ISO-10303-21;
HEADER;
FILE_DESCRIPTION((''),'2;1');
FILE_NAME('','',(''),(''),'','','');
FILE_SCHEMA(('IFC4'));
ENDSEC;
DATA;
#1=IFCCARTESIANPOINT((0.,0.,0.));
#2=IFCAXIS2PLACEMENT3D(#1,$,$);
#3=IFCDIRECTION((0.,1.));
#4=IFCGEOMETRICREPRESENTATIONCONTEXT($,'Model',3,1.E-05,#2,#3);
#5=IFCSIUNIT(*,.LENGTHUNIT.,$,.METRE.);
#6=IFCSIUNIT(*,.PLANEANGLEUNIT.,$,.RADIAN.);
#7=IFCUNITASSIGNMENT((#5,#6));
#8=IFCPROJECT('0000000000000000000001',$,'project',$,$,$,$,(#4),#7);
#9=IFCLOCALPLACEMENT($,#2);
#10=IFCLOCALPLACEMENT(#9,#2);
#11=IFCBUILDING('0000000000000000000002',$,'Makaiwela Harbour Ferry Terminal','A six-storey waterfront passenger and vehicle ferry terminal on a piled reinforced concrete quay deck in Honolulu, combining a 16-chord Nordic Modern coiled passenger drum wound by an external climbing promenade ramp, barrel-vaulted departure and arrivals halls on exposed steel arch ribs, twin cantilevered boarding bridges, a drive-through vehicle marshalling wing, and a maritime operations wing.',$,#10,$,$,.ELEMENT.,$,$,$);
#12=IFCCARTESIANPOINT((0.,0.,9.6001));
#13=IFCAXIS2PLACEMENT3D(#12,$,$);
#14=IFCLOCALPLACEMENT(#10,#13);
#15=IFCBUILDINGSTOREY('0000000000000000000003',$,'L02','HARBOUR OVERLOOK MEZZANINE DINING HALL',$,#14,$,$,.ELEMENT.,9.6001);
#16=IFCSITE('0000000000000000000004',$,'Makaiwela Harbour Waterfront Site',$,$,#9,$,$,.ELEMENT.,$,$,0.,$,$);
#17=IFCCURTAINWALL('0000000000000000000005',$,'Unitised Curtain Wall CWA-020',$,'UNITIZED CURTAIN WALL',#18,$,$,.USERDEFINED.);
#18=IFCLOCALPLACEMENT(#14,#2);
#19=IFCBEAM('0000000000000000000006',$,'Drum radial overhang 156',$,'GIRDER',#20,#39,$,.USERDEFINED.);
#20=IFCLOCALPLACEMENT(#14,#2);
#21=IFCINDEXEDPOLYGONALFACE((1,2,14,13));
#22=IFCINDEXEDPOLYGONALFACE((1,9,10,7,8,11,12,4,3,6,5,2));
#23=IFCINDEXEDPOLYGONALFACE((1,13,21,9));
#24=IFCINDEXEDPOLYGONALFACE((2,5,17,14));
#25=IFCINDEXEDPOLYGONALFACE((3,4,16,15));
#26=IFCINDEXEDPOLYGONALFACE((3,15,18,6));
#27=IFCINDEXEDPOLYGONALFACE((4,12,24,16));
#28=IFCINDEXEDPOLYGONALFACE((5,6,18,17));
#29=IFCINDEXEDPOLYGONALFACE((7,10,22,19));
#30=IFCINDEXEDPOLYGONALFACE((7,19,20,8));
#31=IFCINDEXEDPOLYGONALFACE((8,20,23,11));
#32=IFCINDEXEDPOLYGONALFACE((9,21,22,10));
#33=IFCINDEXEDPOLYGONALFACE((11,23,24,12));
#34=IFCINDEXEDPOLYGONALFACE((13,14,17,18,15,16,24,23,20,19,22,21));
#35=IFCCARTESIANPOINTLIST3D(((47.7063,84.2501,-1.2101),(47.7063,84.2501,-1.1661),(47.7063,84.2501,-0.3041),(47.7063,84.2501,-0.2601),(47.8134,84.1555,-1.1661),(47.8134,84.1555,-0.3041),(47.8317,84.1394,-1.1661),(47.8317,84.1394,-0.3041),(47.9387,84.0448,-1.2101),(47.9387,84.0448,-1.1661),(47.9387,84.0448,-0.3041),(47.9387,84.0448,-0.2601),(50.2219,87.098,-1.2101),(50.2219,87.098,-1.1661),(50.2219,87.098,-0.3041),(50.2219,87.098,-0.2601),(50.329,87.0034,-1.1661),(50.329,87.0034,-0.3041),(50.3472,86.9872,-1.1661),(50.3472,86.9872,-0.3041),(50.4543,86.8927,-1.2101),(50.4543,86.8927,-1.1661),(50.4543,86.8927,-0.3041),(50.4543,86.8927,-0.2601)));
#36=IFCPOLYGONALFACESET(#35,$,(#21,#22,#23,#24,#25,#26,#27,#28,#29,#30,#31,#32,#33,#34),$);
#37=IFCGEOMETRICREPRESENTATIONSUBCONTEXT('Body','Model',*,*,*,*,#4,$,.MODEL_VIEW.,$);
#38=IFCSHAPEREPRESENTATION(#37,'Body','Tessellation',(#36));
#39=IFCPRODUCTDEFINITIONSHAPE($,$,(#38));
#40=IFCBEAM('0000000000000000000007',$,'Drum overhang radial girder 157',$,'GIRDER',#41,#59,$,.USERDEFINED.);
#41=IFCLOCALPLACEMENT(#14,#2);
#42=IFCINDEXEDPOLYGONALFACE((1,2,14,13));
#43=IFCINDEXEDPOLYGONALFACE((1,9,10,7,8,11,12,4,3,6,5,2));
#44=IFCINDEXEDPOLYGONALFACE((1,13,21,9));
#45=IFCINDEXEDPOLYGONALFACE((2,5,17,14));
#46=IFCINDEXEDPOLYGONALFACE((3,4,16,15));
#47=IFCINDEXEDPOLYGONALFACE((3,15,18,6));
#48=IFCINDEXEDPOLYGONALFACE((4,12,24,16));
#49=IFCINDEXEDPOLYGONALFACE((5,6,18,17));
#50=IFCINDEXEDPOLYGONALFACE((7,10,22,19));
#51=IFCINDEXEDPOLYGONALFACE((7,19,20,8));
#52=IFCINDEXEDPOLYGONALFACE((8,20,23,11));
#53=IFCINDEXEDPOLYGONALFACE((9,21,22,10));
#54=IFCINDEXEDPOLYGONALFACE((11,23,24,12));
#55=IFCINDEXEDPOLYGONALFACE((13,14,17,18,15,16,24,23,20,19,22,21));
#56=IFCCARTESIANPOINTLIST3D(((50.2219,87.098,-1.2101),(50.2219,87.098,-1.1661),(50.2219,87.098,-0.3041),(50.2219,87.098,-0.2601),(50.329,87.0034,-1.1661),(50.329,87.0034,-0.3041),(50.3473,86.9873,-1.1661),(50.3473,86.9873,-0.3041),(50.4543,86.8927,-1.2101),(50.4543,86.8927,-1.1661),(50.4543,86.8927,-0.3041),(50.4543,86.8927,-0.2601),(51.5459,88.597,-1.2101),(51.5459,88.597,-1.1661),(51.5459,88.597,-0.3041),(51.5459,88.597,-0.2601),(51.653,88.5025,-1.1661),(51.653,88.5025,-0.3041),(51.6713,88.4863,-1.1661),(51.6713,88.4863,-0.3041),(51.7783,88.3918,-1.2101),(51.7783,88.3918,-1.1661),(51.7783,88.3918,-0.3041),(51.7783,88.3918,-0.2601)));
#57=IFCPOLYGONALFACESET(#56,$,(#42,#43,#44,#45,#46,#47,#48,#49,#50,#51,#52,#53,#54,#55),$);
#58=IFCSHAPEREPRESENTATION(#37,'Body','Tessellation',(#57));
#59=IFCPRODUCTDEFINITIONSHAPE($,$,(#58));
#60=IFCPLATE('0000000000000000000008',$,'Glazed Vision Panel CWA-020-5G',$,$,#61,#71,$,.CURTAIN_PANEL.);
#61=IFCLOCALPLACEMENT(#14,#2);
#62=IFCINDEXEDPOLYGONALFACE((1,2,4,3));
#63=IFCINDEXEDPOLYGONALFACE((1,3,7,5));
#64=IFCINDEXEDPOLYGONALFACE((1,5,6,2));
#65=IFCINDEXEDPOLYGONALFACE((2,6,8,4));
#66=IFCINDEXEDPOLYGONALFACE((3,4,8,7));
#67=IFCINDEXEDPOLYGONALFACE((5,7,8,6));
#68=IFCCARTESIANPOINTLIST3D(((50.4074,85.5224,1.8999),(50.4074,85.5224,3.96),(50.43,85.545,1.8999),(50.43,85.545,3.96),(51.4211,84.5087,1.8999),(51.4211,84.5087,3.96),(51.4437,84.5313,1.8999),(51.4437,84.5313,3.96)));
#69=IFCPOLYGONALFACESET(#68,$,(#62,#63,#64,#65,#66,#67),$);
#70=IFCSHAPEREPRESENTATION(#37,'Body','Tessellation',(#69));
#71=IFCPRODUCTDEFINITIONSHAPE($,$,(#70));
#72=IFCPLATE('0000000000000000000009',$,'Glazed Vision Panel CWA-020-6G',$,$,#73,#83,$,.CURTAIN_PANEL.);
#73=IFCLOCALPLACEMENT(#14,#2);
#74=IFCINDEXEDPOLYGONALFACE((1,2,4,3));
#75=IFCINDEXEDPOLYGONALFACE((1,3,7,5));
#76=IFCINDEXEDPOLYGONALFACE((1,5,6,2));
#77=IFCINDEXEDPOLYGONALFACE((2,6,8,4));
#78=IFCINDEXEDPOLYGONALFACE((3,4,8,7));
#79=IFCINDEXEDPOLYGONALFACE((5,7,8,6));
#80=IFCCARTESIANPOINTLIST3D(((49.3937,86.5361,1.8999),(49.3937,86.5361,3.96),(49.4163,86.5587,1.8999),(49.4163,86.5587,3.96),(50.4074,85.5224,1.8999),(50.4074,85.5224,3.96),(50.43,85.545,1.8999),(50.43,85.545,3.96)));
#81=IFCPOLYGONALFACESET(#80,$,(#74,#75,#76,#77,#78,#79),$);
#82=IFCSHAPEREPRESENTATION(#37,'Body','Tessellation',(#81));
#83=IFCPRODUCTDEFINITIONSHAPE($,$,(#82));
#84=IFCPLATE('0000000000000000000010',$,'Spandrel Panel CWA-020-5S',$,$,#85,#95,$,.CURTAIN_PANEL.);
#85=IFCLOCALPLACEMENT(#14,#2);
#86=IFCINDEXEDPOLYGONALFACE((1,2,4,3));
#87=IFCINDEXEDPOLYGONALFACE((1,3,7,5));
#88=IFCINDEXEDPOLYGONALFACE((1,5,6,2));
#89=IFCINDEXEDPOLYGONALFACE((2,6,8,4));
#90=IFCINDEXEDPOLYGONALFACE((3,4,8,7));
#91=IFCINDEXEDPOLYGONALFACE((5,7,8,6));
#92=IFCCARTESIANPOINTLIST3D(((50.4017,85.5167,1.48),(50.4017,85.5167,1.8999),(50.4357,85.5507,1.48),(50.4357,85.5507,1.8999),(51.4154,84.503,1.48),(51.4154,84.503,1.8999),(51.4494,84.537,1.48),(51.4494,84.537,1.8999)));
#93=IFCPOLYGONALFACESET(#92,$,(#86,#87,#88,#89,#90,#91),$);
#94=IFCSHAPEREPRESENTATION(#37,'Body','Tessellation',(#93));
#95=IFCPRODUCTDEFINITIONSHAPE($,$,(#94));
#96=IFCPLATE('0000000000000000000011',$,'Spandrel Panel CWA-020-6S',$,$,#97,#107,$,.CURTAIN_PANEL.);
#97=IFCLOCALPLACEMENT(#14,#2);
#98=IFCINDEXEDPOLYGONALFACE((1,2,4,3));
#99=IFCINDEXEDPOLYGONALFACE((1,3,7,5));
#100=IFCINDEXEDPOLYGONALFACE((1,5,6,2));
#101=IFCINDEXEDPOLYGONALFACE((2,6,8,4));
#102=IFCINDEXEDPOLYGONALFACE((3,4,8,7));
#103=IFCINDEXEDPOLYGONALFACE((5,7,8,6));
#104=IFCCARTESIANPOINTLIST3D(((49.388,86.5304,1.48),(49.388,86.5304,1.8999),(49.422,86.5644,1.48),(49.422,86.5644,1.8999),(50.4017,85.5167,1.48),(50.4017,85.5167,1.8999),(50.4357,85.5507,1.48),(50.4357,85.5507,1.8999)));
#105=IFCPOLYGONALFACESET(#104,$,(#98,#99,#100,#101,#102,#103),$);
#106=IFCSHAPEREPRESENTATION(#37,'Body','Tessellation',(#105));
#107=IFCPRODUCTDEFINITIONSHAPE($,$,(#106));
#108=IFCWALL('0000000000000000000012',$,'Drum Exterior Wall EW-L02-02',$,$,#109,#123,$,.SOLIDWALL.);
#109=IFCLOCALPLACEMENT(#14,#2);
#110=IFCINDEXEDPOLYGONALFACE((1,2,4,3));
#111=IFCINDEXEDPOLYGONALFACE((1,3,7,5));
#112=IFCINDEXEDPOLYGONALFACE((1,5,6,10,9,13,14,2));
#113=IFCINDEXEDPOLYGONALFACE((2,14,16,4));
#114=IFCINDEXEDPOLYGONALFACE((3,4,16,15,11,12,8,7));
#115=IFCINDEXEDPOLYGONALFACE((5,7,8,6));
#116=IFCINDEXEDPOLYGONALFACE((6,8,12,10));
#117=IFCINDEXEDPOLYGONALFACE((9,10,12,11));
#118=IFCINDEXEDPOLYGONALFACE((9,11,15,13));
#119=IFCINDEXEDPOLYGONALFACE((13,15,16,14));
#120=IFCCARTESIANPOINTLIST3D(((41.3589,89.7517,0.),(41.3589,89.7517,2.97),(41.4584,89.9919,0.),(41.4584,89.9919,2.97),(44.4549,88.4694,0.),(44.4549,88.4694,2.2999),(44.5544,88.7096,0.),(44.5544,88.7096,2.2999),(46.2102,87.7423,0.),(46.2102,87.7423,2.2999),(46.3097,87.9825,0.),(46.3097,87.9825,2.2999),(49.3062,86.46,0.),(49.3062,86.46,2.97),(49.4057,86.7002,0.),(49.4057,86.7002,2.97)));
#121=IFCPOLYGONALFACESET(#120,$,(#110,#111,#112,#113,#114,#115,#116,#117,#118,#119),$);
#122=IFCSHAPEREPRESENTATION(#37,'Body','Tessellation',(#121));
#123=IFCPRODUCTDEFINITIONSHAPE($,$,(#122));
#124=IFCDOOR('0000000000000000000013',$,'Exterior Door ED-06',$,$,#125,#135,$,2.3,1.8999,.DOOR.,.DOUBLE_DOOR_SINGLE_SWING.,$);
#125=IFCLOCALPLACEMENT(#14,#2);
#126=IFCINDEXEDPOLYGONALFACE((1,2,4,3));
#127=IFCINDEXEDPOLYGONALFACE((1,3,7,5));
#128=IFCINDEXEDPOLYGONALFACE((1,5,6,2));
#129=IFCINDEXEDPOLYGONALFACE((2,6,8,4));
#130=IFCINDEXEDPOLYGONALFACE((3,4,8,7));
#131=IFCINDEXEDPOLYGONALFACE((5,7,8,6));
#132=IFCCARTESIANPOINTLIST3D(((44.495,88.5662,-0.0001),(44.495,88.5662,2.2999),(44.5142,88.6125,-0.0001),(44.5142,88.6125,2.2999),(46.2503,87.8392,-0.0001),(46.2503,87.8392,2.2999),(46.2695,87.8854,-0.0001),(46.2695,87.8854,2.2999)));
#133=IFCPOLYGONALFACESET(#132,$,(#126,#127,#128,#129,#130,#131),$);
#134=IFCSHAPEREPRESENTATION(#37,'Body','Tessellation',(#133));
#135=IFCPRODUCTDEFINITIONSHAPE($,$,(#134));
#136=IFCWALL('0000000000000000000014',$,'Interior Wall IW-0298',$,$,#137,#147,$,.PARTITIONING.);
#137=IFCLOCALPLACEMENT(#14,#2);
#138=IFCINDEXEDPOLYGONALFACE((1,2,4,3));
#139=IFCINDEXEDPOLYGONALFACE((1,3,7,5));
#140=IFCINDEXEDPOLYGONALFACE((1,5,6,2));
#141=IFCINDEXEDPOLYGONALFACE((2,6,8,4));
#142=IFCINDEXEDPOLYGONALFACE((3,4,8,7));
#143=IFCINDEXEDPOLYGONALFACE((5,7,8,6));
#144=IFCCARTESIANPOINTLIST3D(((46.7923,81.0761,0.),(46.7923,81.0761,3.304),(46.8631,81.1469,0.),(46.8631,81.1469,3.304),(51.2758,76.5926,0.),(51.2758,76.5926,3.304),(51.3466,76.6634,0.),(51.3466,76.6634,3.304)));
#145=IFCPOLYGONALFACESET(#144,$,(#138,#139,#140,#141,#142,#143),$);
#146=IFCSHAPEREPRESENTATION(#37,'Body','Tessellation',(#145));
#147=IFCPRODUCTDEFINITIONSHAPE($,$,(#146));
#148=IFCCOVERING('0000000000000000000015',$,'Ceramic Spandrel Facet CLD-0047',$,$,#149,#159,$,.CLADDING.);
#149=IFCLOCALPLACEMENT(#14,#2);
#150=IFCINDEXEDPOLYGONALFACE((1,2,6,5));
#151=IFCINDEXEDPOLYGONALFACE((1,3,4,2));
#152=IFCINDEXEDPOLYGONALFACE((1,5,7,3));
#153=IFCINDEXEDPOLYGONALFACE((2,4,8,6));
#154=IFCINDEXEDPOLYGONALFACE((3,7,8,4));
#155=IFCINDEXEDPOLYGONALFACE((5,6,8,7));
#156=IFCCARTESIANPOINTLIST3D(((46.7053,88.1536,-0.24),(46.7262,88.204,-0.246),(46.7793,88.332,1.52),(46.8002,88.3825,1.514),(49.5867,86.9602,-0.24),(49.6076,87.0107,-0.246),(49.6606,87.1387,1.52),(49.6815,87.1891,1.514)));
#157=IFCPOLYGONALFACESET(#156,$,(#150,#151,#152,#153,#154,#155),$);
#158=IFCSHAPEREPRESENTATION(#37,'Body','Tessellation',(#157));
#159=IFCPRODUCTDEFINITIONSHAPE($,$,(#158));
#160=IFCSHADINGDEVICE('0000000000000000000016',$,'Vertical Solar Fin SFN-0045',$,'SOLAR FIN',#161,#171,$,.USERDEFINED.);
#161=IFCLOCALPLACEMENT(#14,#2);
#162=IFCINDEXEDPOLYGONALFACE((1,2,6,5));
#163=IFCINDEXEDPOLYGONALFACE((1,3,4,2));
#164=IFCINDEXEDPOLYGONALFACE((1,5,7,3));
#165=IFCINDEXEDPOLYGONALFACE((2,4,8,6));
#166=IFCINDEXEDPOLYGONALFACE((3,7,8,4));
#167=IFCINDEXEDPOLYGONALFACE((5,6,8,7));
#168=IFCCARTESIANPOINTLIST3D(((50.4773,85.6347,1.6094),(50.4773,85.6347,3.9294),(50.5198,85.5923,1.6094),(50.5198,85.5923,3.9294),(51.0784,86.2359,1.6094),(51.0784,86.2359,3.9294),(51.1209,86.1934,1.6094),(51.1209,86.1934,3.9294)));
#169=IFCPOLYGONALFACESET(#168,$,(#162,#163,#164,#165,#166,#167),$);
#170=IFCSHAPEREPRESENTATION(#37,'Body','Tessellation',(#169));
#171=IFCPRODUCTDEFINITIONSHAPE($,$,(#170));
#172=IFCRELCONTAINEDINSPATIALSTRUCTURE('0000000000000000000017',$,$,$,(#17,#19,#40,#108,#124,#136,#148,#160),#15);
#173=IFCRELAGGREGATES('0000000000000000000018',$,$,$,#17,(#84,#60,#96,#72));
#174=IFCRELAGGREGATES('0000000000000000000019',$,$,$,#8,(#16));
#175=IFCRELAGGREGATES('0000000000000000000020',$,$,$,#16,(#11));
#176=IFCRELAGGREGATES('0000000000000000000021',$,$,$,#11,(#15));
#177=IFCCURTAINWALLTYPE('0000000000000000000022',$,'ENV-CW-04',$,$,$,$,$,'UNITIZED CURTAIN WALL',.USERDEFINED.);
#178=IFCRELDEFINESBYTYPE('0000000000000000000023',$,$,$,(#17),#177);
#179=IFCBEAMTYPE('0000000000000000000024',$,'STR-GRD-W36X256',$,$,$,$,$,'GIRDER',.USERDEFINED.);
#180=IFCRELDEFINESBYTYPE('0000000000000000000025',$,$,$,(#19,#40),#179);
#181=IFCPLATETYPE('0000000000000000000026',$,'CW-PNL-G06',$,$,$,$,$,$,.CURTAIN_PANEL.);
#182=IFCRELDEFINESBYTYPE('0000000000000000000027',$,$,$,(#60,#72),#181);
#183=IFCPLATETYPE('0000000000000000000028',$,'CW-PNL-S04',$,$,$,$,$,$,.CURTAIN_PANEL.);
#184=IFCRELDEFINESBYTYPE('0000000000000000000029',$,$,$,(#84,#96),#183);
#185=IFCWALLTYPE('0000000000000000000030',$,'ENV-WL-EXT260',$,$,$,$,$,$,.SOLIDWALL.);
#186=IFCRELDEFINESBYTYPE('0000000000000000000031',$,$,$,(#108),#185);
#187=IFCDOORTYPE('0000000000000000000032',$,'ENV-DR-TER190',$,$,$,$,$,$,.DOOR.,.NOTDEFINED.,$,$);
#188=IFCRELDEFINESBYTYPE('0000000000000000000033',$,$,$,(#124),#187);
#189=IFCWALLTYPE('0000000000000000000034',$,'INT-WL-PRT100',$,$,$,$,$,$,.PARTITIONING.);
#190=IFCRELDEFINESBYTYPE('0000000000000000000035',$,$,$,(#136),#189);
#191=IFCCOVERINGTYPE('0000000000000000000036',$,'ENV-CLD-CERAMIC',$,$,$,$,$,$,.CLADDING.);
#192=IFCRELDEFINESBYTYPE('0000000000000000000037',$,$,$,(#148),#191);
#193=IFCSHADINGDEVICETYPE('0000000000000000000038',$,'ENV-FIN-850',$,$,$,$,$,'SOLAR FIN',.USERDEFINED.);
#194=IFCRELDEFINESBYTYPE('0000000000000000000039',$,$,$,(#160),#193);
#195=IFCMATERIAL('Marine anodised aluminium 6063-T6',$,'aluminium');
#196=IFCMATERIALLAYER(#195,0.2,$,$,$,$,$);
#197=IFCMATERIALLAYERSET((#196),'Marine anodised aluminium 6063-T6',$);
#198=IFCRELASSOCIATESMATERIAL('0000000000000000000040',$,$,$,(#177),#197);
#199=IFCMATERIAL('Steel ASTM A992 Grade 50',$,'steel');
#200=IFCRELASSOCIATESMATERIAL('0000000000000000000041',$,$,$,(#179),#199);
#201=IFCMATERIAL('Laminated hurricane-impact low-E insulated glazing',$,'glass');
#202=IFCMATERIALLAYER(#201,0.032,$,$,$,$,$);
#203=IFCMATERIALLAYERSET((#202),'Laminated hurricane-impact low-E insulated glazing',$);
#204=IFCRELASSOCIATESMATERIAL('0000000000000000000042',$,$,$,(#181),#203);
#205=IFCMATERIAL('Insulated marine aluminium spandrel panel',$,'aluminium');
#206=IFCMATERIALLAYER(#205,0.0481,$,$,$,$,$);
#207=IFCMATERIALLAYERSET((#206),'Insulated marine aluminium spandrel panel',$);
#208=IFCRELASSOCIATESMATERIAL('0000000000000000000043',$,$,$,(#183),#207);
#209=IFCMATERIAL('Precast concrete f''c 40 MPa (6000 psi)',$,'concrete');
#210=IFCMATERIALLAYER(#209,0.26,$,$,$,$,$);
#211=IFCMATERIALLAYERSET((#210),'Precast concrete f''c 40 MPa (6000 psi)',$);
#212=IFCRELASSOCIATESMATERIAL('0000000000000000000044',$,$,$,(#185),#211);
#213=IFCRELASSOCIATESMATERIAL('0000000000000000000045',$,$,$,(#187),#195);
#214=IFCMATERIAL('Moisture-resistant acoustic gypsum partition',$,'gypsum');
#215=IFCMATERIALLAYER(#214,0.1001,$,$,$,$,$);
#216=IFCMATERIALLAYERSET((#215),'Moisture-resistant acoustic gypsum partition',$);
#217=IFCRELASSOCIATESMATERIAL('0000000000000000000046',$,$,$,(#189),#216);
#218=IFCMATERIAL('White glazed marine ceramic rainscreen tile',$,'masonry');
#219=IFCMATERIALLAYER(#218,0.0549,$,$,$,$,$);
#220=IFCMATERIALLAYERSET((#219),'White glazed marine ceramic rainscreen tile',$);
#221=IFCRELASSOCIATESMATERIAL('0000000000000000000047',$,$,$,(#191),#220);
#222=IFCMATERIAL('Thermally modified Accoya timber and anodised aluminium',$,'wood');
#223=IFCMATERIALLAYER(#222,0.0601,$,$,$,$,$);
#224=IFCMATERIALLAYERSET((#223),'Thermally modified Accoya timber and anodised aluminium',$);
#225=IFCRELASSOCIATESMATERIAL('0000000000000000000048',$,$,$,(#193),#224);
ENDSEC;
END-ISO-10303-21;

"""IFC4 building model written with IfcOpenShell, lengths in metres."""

from ifc_helpers import new_model, si_unit, direction, frame, frame_2d, origin, origin_2d, place, context, subcontext, project, spatial, polyline, rectangle, i_section, outline, extrude, material, layer, layer_set, material_profile, profile_set, type_object, element, fill, aggregate, save


model = new_model("IFC4")

# Units and contexts
model_context = context("Model", 3, precision=1e-05, world=origin(), true_north=direction((0.0, 1.0)))
body_context = subcontext(model_context, "Body", "Model", "MODEL_VIEW")
ifc_project = project(units=[si_unit("LENGTHUNIT", "METRE"), si_unit("PLANEANGLEUNIT", "RADIAN")], contexts=[model_context])

# Site, building, storey
site_placement = place(None, origin())
site = spatial("IfcSite", under=ifc_project, at=site_placement, Name="Makaiwela Harbour Waterfront Site", CompositionType="ELEMENT", RefElevation=0.0)
building_placement = place(site_placement, origin())
building = spatial("IfcBuilding", under=site, at=building_placement, Name="Makaiwela Harbour Ferry Terminal", Description="A six-storey waterfront passenger and vehicle ferry terminal on a piled reinforced concrete quay deck in Honolulu, combining a 16-chord Nordic Modern coiled passenger drum wound by an external climbing promenade ramp, barrel-vaulted departure and arrivals halls on exposed steel arch ribs, twin cantilevered boarding bridges, a drive-through vehicle marshalling wing, and a maritime operations wing.", CompositionType="ELEMENT")
storey_placement = place(building_placement, frame((0.0, 0.0, 9.6001)))
storey = spatial("IfcBuildingStorey", under=building, at=storey_placement, Name="L02", Description="HARBOUR OVERLOOK MEZZANINE DINING HALL", CompositionType="ELEMENT", Elevation=9.6001)

# Curtain wall
ifc_material_1 = material(Name="Marine anodised aluminium 6063-T6", Category="aluminium")
ifc_layer_1 = layer(ifc_material_1, 0.2)
ifc_layer_set_1 = layer_set([ifc_layer_1], Name="Marine anodised aluminium 6063-T6")
curtain_wall_type = type_object("IfcCurtainWallType", Name="ENV-CW-04", ElementType="UNITIZED CURTAIN WALL", PredefinedType="USERDEFINED", material=ifc_layer_set_1)
curtain_wall_placement = place(storey_placement, origin())
curtain_wall = element("IfcCurtainWall", 1, at=curtain_wall_placement, inside=storey, type_object=curtain_wall_type, Name="Unitised Curtain Wall CWA-020", ObjectType="UNITIZED CURTAIN WALL", PredefinedType="USERDEFINED")

# Beams
ifc_material_2 = material(Name="Steel ASTM A992 Grade 50", Category="steel")
ifc_material_profile_1 = material_profile(ifc_material_2, i_section(OverallWidth=0.3101, OverallDepth=0.95, WebThickness=0.0244, FlangeThickness=0.0439, at=origin_2d()), Name="W36X256")
ifc_profile_set_1 = profile_set([ifc_material_profile_1], Name="Steel ASTM A992 Grade 50")
beam_type_1 = type_object("IfcBeamType", Name="STR-GRD-W36X256", ElementType="GIRDER", PredefinedType="USERDEFINED", material=ifc_profile_set_1)
beam_1_placement = place(storey_placement, frame((47.8225, 84.1475, -0.7351), z_axis=(0.662032, 0.749476, 0.0), x_axis=(-0.749476, 0.662032, 0.0)))
element("IfcBeam", 2, at=beam_1_placement, inside=storey, type_object=beam_type_1, Name="Drum radial overhang 156", ObjectType="GIRDER", PredefinedType="USERDEFINED", context=body_context, shape_type="SweptSolid", body=[
    extrude(i_section(OverallWidth=0.3101, OverallDepth=0.95, WebThickness=0.0244, FlangeThickness=0.0439, at=origin_2d()), origin(), (0.0, 0.0, 1.0), 3.7998),
])
beam_2_placement = place(storey_placement, frame((50.3381, 86.9954, -0.7351), z_axis=(0.661989, 0.749514, 0.0), x_axis=(-0.749514, 0.661989, 0.0)))
element("IfcBeam", 3, at=beam_2_placement, inside=storey, type_object=beam_type_1, Name="Drum overhang radial girder 157", ObjectType="GIRDER", PredefinedType="USERDEFINED", context=body_context, shape_type="SweptSolid", body=[
    extrude(i_section(OverallWidth=0.3101, OverallDepth=0.95, WebThickness=0.0244, FlangeThickness=0.0439, at=origin_2d()), origin(), (0.0, 0.0, 1.0), 2.0),
])

# Plates
ifc_material_3 = material(Name="Laminated hurricane-impact low-E insulated glazing", Category="glass")
ifc_layer_2 = layer(ifc_material_3, 0.032)
ifc_layer_set_2 = layer_set([ifc_layer_2], Name="Laminated hurricane-impact low-E insulated glazing")
plate_type_1 = type_object("IfcPlateType", Name="CW-PNL-G06", PredefinedType="CURTAIN_PANEL", material=ifc_layer_set_2)
plate_1_placement = place(storey_placement, frame((50.9255, 85.0269, 1.8999), z_axis=(0.0, 0.0, 1.0), x_axis=(-0.707107, 0.707107, 0.0)))
plate_1 = element("IfcPlate", 4, at=plate_1_placement, type_object=plate_type_1, Name="Glazed Vision Panel CWA-020-5G", PredefinedType="CURTAIN_PANEL", context=body_context, shape_type="SweptSolid", body=[
    extrude(rectangle(XDim=1.4336, YDim=0.032, at=origin_2d()), origin(), (0.0, 0.0, 1.0), 2.0601),
])
plate_2_placement = place(storey_placement, frame((49.9119, 86.0405, 1.8999), z_axis=(0.0, 0.0, 1.0), x_axis=(-0.707107, 0.707107, 0.0)))
plate_2 = element("IfcPlate", 5, at=plate_2_placement, type_object=plate_type_1, Name="Glazed Vision Panel CWA-020-6G", PredefinedType="CURTAIN_PANEL", context=body_context, shape_type="SweptSolid", body=[
    extrude(rectangle(XDim=1.4336, YDim=0.032, at=origin_2d()), origin(), (0.0, 0.0, 1.0), 2.0601),
])
ifc_material_4 = material(Name="Insulated marine aluminium spandrel panel", Category="aluminium")
ifc_layer_3 = layer(ifc_material_4, 0.0481)
ifc_layer_set_3 = layer_set([ifc_layer_3], Name="Insulated marine aluminium spandrel panel")
plate_type_2 = type_object("IfcPlateType", Name="CW-PNL-S04", PredefinedType="CURTAIN_PANEL", material=ifc_layer_set_3)
plate_3_placement = place(storey_placement, frame((50.9255, 85.0269, 1.48), z_axis=(0.0, 0.0, 1.0), x_axis=(-0.707107, 0.707107, 0.0)))
plate_3 = element("IfcPlate", 6, at=plate_3_placement, type_object=plate_type_2, Name="Spandrel Panel CWA-020-5S", PredefinedType="CURTAIN_PANEL", context=body_context, shape_type="SweptSolid", body=[
    extrude(rectangle(XDim=1.4336, YDim=0.0481, at=origin_2d()), origin(), (0.0, 0.0, 1.0), 0.4199),
])
plate_4_placement = place(storey_placement, frame((49.9119, 86.0405, 1.48), z_axis=(0.0, 0.0, 1.0), x_axis=(-0.707107, 0.707107, 0.0)))
plate_4 = element("IfcPlate", 7, at=plate_4_placement, type_object=plate_type_2, Name="Spandrel Panel CWA-020-6S", PredefinedType="CURTAIN_PANEL", context=body_context, shape_type="SweptSolid", body=[
    extrude(rectangle(XDim=1.4336, YDim=0.0481, at=origin_2d()), origin(), (0.0, 0.0, 1.0), 0.4199),
])
aggregate(curtain_wall, [plate_3, plate_1, plate_4, plate_2])

# Wall, opening, door
ifc_material_5 = material(Name="Precast concrete f'c 40 MPa (6000 psi)", Category="concrete")
ifc_layer_4 = layer(ifc_material_5, 0.26)
ifc_layer_set_4 = layer_set([ifc_layer_4], Name="Precast concrete f'c 40 MPa (6000 psi)")
wall_type_1 = type_object("IfcWallType", Name="ENV-WL-EXT260", PredefinedType="SOLIDWALL", material=ifc_layer_set_4)
wall_1_placement = place(storey_placement, frame((49.356, 86.5801, 0.0), z_axis=(0.0, 0.0, 1.0), x_axis=(-0.923884, 0.382672, 0.0)))
wall_1 = element("IfcWall", 8, at=wall_1_placement, inside=storey, type_object=wall_type_1, Name="Drum Exterior Wall EW-L02-02", PredefinedType="SOLIDWALL", context=body_context, shape_type="SweptSolid", body=[
    extrude(rectangle(XDim=8.6021, YDim=0.26, at=frame_2d((4.301, 0.0))), origin(), (0.0, 0.0, 1.0), 2.97),
])
opening_placement = place(wall_1_placement, frame((3.3511, 0.0, 0.0)))
opening = element("IfcOpeningElement", 9, at=opening_placement, cuts=wall_1, PredefinedType="OPENING", context=body_context, shape_type="SweptSolid", body=[
    extrude(rectangle(XDim=1.8999, YDim=2.3, at=frame_2d((0.95, 1.1499))), frame((0.0, 0.1399, 0.0), z_axis=(0.0, -1.0, 0.0), x_axis=(1.0, 0.0, 0.0)), (0.0, 0.0, 1.0), 0.28),
])
door_type = type_object("IfcDoorType", Name="ENV-DR-TER190", OperationType="NOTDEFINED", PredefinedType="DOOR", material=ifc_material_1)
door_placement = place(opening_placement, frame((1.8999, 0.0, 0.0), z_axis=(0.0, 0.0, 1.0), x_axis=(-1.0, 0.0, 0.0)))
door = element("IfcDoor", 10, at=door_placement, inside=storey, type_object=door_type, Name="Exterior Door ED-06", OperationType="DOUBLE_DOOR_SINGLE_SWING", OverallHeight=2.3, OverallWidth=1.8999, PredefinedType="DOOR", context=body_context, shape_type="SweptSolid", body=[
    extrude(rectangle(XDim=1.8999, YDim=2.3, at=frame_2d((0.95, 1.1499))), frame((0.0, 0.0249, 0.0), z_axis=(0.0, -1.0, 0.0), x_axis=(1.0, 0.0, 0.0)), (0.0, 0.0, 1.0), 0.05),
])
fill(opening, door)

# Wall
ifc_material_6 = material(Name="Moisture-resistant acoustic gypsum partition", Category="gypsum")
ifc_layer_5 = layer(ifc_material_6, 0.1001)
ifc_layer_set_5 = layer_set([ifc_layer_5], Name="Moisture-resistant acoustic gypsum partition")
wall_type_2 = type_object("IfcWallType", Name="INT-WL-PRT100", PredefinedType="PARTITIONING", material=ifc_layer_set_5)
wall_2_placement = place(storey_placement, frame((51.3113, 76.6279, 0.0), z_axis=(0.0, 0.0, 1.0), x_axis=(-0.707107, 0.707107, 0.0)))
element("IfcWall", 11, at=wall_2_placement, inside=storey, type_object=wall_type_2, Name="Interior Wall IW-0298", PredefinedType="PARTITIONING", context=body_context, shape_type="SweptSolid", body=[
    extrude(rectangle(XDim=6.3406, YDim=0.1001, at=frame_2d((3.1704, 0.0))), origin(), (0.0, 0.0, 1.0), 3.304),
])

# Covering
ifc_material_7 = material(Name="White glazed marine ceramic rainscreen tile", Category="masonry")
ifc_layer_6 = layer(ifc_material_7, 0.0549)
ifc_layer_set_6 = layer_set([ifc_layer_6], Name="White glazed marine ceramic rainscreen tile")
covering_type = type_object("IfcCoveringType", Name="ENV-CLD-CERAMIC", PredefinedType="CLADDING", material=ifc_layer_set_6)
covering_placement = place(storey_placement, frame((49.5867, 86.9602, -0.24), z_axis=(-0.380362, -0.918379, 0.109111), x_axis=(-0.923895, 0.382647, 0.0)))
element("IfcCovering", 12, at=covering_placement, inside=storey, type_object=covering_type, Name="Ceramic Spandrel Facet CLD-0047", PredefinedType="CLADDING", context=body_context, shape_type="SweptSolid", body=[
    extrude(outline(polyline([(0.0, 0.0), (3.1187, 0.0), (3.1186, -1.7706), (-0.0001, -1.7706), (0.0, 0.0)])), origin(), (0.0, 0.0, -1.0), 0.0549),
])

# Shading device
ifc_material_8 = material(Name="Thermally modified Accoya timber and anodised aluminium", Category="wood")
ifc_layer_7 = layer(ifc_material_8, 0.0601)
ifc_layer_set_7 = layer_set([ifc_layer_7], Name="Thermally modified Accoya timber and anodised aluminium")
shading_device_type = type_object("IfcShadingDeviceType", Name="ENV-FIN-850", ElementType="SOLAR FIN", PredefinedType="USERDEFINED", material=ifc_layer_set_7)
shading_device_placement = place(storey_placement, frame((50.7991, 85.9141, 1.6094), z_axis=(0.0, 0.0, 1.0), x_axis=(0.707107, 0.707107, 0.0)))
element("IfcShadingDevice", 13, at=shading_device_placement, inside=storey, type_object=shading_device_type, Name="Vertical Solar Fin SFN-0045", ObjectType="SOLAR FIN", PredefinedType="USERDEFINED", context=body_context, shape_type="SweptSolid", body=[
    extrude(rectangle(XDim=0.8501, YDim=0.0601, at=origin_2d()), origin(), (0.0, 0.0, 1.0), 2.3201),
])

save(model, "model.ifc")
